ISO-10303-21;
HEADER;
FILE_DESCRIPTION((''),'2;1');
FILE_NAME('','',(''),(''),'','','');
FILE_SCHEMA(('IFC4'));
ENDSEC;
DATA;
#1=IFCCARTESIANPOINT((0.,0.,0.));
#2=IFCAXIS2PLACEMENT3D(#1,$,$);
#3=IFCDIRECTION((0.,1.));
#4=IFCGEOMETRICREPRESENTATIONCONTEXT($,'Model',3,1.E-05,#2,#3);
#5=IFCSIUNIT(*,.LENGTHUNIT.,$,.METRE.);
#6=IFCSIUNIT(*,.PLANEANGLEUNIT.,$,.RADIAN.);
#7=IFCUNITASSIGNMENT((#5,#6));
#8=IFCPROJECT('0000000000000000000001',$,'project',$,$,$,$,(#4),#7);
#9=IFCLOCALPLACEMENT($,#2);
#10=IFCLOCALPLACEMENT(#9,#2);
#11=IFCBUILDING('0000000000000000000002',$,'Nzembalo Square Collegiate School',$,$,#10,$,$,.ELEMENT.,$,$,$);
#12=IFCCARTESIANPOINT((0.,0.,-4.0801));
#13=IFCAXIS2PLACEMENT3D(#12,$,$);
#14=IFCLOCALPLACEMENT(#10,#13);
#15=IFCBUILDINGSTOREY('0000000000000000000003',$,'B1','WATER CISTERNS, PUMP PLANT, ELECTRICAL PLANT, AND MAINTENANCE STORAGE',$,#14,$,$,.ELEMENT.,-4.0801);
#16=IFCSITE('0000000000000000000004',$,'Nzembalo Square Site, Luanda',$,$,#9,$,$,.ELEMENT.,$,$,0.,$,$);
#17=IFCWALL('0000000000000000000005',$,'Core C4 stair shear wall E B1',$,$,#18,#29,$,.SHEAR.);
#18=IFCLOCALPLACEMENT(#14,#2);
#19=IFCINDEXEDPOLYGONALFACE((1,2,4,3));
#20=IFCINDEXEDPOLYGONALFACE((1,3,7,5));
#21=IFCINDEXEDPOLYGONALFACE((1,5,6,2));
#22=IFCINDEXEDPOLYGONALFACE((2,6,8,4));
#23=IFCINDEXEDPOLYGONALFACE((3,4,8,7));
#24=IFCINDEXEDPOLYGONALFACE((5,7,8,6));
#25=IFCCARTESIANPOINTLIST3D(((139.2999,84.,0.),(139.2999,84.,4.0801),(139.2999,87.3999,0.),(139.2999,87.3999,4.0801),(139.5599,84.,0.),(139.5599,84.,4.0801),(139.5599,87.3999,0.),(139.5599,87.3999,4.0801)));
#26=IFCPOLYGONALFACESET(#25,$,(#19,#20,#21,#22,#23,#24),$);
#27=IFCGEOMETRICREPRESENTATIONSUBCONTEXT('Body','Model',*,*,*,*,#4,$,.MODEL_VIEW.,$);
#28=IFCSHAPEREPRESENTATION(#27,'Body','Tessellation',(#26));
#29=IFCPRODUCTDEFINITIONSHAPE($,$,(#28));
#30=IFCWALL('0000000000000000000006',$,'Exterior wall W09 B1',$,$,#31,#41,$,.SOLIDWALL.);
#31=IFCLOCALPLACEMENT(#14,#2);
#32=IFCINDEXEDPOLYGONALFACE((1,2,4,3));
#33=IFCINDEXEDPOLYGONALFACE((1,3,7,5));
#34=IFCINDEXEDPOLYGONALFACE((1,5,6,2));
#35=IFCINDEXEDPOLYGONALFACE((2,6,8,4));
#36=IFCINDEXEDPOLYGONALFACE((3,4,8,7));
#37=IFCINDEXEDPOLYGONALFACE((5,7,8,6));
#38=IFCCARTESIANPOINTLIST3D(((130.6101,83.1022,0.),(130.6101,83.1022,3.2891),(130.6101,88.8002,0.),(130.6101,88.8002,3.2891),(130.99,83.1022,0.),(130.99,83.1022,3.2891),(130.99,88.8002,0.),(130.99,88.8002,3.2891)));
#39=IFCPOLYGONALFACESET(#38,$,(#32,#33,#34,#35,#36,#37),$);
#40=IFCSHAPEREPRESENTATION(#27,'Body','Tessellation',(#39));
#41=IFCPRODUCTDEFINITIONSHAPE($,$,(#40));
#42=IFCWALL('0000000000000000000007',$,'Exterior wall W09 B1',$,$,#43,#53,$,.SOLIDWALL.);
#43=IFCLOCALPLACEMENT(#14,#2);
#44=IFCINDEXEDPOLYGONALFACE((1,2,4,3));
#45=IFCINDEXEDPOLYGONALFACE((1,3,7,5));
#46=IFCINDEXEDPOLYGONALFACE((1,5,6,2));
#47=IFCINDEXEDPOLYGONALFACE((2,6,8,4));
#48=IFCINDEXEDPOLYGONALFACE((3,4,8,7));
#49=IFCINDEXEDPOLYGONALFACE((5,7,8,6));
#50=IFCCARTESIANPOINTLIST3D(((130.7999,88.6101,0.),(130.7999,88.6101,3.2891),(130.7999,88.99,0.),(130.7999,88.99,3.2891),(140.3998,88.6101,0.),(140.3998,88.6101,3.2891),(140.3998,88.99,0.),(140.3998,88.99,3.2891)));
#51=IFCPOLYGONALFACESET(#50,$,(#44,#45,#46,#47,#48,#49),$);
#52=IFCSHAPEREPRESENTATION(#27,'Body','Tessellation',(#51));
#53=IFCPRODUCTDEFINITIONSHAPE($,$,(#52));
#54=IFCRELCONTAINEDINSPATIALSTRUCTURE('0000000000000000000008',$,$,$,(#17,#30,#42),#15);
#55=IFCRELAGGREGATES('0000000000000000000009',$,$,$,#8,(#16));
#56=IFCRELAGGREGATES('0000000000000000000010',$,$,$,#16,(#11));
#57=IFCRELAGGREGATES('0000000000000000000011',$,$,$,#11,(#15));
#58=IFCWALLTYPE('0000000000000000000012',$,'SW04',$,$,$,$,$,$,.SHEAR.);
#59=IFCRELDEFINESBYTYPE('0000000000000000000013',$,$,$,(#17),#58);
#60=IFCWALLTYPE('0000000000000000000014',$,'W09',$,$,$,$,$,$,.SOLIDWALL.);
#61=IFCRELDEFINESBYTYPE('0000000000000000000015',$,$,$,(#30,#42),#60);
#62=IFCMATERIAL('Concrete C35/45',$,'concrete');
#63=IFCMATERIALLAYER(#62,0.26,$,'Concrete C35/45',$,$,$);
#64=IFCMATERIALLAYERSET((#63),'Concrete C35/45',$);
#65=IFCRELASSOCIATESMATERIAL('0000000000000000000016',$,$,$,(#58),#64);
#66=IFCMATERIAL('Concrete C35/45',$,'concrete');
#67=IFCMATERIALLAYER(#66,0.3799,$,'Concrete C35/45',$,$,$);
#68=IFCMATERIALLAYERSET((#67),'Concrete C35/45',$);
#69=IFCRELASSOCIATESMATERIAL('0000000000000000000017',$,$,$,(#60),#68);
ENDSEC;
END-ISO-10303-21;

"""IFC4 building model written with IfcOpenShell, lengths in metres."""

from ifc_helpers import new_model, si_unit, direction, frame, frame_2d, origin, place, context, subcontext, project, spatial, rectangle, extrude, material, layer, layer_set, type_object, element, save


model = new_model("IFC4")

# Units and contexts
model_context = context("Model", 3, precision=1e-05, world=origin(), true_north=direction((0.0, 1.0)))
body_context = subcontext(model_context, "Body", "Model", "MODEL_VIEW")
ifc_project = project(units=[si_unit("LENGTHUNIT", "METRE"), si_unit("PLANEANGLEUNIT", "RADIAN")], contexts=[model_context])

# Site, building, storey
site_placement = place(None, origin())
site = spatial("IfcSite", under=ifc_project, at=site_placement, Name="Nzembalo Square Site, Luanda", CompositionType="ELEMENT", RefElevation=0.0)
building_placement = place(site_placement, origin())
building = spatial("IfcBuilding", under=site, at=building_placement, Name="Nzembalo Square Collegiate School", CompositionType="ELEMENT")
storey_placement = place(building_placement, frame((0.0, 0.0, -4.0801)))
storey = spatial("IfcBuildingStorey", under=building, at=storey_placement, Name="B1", Description="WATER CISTERNS, PUMP PLANT, ELECTRICAL PLANT, AND MAINTENANCE STORAGE", CompositionType="ELEMENT", Elevation=-4.0801)

# Walls
ifc_material_1 = material(Name="Concrete C35/45", Category="concrete")
ifc_layer_1 = layer(ifc_material_1, 0.26, Name="Concrete C35/45")
ifc_layer_set_1 = layer_set([ifc_layer_1], Name="Concrete C35/45")
wall_type_1 = type_object("IfcWallType", Name="SW04", PredefinedType="SHEAR", material=ifc_layer_set_1)
wall_1_placement = place(storey_placement, frame((139.4299, 84.0, 0.0), z_axis=(0.0, 0.0, 1.0), x_axis=(0.0, 1.0, 0.0)))
element("IfcWall", 1, at=wall_1_placement, inside=storey, type_object=wall_type_1, Name="Core C4 stair shear wall E B1", PredefinedType="SHEAR", context=body_context, shape_type="SweptSolid", body=[
    extrude(rectangle(XDim=3.3999, YDim=0.26, at=frame_2d((1.7, 0.0))), origin(), (0.0, 0.0, 1.0), 4.0801),
])
ifc_material_2 = material(Name="Concrete C35/45", Category="concrete")
ifc_layer_2 = layer(ifc_material_2, 0.3799, Name="Concrete C35/45")
ifc_layer_set_2 = layer_set([ifc_layer_2], Name="Concrete C35/45")
wall_type_2 = type_object("IfcWallType", Name="W09", PredefinedType="SOLIDWALL", material=ifc_layer_set_2)
wall_2_placement = place(storey_placement, frame((130.8, 83.1021, 0.0), z_axis=(0.0, 0.0, 1.0), x_axis=(0.0, 1.0, 0.0)))
element("IfcWall", 2, at=wall_2_placement, inside=storey, type_object=wall_type_2, Name="Exterior wall W09 B1", PredefinedType="SOLIDWALL", context=body_context, shape_type="SweptSolid", body=[
    extrude(rectangle(XDim=5.698, YDim=0.3799, at=frame_2d((2.8491, 0.0))), origin(), (0.0, 0.0, 1.0), 3.2891),
])
wall_3_placement = place(storey_placement, frame((130.8, 88.8, 0.0), z_axis=(0.0, 0.0, 1.0), x_axis=(1.0, 0.0, 0.0)))
element("IfcWall", 3, at=wall_3_placement, inside=storey, type_object=wall_type_2, Name="Exterior wall W09 B1", PredefinedType="SOLIDWALL", context=body_context, shape_type="SweptSolid", body=[
    extrude(rectangle(XDim=9.5999, YDim=0.3799, at=frame_2d((4.7998, 0.0))), origin(), (0.0, 0.0, 1.0), 3.2891),
])

save(model, "model.ifc")
